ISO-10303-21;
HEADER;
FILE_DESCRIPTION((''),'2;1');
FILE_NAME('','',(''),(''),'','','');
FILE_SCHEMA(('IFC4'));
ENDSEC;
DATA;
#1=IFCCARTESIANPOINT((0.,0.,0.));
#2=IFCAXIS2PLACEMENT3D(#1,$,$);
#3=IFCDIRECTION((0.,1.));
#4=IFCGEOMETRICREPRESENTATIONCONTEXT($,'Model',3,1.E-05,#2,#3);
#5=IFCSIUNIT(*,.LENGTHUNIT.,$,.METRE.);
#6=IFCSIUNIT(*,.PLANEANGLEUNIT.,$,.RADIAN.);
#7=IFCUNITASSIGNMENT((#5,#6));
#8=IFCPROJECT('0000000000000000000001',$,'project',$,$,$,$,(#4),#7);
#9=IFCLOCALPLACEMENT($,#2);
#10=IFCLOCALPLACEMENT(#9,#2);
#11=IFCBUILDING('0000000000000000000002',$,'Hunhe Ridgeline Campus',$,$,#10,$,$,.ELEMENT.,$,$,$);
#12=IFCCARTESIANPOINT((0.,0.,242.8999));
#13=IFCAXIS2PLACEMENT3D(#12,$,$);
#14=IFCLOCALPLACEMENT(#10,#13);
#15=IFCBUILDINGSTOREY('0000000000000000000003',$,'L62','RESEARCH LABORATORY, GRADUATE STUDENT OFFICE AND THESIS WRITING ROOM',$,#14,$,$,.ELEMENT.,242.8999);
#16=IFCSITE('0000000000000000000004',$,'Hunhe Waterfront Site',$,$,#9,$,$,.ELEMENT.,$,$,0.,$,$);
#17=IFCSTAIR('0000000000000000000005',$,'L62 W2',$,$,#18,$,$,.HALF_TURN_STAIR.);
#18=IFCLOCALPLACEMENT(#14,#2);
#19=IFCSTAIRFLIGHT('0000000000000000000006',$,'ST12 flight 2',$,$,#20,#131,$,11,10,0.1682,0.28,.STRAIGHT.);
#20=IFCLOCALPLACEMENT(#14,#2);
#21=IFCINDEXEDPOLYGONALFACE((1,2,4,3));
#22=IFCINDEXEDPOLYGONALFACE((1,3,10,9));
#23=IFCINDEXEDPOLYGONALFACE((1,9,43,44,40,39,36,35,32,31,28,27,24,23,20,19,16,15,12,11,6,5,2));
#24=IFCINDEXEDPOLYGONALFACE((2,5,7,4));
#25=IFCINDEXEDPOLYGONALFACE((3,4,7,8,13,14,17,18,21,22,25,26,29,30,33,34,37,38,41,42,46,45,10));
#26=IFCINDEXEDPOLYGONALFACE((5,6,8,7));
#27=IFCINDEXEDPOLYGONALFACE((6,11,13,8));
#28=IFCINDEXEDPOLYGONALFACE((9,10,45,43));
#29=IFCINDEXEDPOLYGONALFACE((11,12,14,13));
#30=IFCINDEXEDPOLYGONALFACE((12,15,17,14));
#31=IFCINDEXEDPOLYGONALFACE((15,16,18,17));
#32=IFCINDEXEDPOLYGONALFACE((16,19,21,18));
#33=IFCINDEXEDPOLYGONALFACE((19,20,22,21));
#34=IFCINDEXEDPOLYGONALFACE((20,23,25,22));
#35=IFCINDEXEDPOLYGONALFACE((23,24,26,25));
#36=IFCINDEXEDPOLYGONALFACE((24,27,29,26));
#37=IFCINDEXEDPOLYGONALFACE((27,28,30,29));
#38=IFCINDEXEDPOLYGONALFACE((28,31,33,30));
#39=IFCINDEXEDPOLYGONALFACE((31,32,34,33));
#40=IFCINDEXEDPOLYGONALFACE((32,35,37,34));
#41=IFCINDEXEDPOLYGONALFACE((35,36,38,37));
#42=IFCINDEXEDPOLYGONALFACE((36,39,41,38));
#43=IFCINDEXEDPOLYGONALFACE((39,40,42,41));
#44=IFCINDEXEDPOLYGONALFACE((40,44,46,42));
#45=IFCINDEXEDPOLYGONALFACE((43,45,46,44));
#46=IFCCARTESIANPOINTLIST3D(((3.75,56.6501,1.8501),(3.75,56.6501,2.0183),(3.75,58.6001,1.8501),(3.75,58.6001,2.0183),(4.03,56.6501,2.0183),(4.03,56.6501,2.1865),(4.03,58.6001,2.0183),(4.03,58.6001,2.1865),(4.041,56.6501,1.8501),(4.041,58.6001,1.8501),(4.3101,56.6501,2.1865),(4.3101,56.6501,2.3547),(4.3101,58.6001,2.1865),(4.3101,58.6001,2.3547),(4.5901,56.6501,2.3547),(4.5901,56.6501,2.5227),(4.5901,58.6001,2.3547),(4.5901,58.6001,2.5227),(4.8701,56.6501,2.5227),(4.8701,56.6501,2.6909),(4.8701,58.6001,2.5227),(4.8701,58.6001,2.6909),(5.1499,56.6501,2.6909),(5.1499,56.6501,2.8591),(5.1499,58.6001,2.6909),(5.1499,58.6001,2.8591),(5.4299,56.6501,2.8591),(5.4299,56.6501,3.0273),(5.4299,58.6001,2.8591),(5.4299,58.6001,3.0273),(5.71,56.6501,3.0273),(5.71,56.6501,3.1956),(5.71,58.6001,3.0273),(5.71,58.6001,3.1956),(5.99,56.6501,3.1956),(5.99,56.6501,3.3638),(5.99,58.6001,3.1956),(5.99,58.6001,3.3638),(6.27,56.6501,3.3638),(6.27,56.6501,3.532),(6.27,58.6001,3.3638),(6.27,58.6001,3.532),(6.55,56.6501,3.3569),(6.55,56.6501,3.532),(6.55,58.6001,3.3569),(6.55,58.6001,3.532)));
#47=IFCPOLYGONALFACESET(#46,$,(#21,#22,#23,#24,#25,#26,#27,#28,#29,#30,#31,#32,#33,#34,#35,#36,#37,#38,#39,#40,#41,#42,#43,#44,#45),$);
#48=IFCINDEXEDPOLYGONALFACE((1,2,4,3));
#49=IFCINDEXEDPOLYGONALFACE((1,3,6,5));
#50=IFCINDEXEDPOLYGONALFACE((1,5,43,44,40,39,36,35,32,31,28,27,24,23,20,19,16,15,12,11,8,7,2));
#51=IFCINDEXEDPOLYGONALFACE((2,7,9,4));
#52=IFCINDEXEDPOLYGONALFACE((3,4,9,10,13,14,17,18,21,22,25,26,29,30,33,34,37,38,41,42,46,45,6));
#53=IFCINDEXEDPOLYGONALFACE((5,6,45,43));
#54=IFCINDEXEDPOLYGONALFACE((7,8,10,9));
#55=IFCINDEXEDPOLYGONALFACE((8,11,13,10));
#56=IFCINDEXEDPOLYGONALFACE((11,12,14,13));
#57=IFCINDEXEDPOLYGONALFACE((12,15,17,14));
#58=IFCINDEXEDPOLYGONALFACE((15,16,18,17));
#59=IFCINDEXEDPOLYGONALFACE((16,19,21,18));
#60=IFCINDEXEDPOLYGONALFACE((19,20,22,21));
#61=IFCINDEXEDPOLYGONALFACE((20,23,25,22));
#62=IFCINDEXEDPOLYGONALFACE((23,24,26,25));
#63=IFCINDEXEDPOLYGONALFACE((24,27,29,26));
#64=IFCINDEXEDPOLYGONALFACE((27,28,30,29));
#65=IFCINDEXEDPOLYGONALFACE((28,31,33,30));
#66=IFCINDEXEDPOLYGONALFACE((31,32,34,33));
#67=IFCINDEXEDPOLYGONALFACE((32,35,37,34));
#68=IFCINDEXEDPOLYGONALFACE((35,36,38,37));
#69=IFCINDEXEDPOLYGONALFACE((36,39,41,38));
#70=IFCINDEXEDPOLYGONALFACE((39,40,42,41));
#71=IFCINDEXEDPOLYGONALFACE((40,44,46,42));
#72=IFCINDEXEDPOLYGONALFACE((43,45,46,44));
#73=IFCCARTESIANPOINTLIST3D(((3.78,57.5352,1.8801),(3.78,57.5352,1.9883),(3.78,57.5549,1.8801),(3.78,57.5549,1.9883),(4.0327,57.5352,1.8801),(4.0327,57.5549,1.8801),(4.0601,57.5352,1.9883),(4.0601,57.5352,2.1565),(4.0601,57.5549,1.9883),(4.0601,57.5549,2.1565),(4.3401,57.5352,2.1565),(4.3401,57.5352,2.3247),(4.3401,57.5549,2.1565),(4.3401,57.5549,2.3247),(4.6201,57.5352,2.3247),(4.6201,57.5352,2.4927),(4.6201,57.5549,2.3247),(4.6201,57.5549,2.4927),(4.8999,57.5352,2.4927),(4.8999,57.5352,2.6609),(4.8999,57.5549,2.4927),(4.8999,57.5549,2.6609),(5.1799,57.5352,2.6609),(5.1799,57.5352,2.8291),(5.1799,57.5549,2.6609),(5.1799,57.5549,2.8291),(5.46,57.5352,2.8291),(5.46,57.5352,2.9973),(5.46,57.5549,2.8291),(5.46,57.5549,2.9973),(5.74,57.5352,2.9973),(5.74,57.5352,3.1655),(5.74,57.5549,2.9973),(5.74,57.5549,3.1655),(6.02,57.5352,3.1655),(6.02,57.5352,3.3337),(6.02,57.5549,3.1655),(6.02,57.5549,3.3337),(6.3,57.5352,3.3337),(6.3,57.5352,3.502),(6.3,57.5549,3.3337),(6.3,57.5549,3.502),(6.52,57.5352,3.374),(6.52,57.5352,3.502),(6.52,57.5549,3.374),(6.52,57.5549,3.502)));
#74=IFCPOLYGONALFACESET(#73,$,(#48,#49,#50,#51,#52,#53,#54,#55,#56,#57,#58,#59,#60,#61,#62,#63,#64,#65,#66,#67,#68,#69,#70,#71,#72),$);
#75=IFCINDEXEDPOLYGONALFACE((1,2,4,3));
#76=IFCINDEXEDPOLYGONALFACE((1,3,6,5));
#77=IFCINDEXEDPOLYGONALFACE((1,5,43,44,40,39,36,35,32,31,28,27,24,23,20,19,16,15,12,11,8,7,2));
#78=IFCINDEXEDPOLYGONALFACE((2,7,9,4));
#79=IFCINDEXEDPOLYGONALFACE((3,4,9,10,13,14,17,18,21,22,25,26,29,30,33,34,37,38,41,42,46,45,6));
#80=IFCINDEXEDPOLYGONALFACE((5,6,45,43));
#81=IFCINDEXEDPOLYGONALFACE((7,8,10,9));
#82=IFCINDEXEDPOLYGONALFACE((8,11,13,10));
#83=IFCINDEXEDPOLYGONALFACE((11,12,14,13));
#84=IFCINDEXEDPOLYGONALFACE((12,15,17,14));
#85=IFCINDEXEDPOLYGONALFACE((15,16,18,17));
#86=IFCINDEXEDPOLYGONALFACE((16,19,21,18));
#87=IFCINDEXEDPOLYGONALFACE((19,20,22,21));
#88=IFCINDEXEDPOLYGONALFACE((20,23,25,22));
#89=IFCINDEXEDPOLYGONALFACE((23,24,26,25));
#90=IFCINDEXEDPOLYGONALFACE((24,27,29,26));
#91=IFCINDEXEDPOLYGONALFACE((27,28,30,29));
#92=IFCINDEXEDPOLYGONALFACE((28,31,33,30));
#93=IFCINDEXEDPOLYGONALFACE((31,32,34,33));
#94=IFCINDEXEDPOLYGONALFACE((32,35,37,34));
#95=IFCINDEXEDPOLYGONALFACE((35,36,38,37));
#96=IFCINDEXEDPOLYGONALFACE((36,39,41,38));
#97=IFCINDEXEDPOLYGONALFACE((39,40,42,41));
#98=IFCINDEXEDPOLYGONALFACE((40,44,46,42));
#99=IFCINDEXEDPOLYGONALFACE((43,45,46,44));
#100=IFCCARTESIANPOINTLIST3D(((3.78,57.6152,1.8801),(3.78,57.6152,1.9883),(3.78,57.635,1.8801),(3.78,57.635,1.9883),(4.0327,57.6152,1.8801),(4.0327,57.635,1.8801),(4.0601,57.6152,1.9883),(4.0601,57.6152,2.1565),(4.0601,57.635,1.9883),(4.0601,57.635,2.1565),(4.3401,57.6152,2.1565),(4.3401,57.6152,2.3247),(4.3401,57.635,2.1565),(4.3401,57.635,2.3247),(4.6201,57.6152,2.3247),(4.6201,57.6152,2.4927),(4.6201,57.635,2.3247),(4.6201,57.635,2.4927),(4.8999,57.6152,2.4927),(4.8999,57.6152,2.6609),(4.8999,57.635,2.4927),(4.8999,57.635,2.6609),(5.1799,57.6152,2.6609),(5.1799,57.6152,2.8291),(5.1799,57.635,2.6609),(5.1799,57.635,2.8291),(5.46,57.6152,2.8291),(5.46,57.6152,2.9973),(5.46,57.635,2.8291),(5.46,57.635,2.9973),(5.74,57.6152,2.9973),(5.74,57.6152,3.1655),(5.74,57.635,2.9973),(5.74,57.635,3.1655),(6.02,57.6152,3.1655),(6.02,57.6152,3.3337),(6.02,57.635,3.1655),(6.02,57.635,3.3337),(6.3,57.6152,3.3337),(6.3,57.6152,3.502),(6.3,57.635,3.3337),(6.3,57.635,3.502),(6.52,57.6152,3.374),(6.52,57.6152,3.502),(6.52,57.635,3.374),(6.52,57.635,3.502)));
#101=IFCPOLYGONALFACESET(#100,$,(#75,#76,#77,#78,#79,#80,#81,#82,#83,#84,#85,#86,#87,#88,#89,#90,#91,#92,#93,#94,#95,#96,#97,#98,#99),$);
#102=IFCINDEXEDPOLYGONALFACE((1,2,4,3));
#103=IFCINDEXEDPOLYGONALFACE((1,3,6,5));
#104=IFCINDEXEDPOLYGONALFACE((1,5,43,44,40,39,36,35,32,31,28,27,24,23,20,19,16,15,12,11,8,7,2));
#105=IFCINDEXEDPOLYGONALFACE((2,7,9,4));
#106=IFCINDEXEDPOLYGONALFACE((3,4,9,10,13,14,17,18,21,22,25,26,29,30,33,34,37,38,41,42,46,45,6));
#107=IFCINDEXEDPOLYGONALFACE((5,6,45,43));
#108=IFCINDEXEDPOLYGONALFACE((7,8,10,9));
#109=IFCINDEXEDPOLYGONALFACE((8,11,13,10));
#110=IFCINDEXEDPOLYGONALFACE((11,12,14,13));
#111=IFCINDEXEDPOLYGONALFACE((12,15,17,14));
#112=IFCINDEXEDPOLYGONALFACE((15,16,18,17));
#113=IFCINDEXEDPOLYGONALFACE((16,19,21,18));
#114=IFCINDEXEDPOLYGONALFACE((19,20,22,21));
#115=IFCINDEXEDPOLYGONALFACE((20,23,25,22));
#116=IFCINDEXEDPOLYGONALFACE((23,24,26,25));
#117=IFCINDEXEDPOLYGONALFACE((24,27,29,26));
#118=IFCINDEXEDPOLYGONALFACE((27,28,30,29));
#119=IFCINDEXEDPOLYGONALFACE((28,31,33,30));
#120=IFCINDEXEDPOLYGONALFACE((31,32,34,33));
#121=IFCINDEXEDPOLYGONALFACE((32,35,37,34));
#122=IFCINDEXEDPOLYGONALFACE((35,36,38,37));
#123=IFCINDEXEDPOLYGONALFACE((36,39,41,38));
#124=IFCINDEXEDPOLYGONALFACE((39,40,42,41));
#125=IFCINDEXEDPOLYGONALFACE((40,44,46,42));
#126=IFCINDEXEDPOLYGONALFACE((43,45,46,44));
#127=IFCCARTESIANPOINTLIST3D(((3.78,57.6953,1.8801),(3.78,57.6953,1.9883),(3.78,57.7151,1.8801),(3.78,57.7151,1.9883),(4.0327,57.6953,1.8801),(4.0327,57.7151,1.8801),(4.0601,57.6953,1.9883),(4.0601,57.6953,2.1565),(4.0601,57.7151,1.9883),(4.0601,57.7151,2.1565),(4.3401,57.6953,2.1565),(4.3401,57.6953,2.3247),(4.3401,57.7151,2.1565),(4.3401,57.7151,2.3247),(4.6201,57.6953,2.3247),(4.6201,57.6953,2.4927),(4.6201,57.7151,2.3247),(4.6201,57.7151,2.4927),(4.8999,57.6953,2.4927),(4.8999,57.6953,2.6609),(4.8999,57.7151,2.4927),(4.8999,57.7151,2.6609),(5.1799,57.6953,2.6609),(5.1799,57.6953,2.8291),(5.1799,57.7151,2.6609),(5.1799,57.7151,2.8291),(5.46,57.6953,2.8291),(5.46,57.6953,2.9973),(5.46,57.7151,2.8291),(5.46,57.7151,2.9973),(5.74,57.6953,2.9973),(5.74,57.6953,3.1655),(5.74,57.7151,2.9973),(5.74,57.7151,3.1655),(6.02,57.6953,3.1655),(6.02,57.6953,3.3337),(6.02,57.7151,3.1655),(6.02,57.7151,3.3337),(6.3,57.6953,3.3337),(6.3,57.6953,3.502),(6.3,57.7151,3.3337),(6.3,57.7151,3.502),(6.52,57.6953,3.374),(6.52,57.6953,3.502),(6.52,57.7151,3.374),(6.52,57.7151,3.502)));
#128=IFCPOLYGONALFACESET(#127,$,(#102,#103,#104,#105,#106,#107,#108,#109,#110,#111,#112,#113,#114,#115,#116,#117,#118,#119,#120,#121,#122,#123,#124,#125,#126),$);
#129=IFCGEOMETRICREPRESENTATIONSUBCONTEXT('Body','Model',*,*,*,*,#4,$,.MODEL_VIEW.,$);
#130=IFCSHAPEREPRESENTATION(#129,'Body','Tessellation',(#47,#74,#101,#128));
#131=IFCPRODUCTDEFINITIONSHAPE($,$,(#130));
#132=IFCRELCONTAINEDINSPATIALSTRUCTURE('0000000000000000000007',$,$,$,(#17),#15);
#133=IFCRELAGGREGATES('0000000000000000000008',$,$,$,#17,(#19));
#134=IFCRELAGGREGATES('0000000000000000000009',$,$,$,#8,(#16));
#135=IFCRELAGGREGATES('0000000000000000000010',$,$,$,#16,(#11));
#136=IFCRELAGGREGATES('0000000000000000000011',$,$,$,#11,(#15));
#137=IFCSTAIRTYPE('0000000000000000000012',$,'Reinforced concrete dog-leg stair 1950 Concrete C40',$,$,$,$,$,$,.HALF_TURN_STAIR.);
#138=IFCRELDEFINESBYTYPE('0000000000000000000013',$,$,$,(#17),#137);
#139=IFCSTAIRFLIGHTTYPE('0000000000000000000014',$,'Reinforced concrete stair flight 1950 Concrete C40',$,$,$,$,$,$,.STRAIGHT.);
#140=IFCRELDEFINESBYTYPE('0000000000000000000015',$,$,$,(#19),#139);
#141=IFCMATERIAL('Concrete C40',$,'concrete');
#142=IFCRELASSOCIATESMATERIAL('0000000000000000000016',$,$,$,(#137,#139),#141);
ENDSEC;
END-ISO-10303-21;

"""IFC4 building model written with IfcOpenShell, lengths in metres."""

from ifc_helpers import new_model, si_unit, direction, frame, origin, place, context, subcontext, project, spatial, polyline, outline, extrude, material, type_object, element, aggregate, save


model = new_model("IFC4")

# Units and contexts
model_context = context("Model", 3, precision=1e-05, world=origin(), true_north=direction((0.0, 1.0)))
body_context = subcontext(model_context, "Body", "Model", "MODEL_VIEW")
ifc_project = project(units=[si_unit("LENGTHUNIT", "METRE"), si_unit("PLANEANGLEUNIT", "RADIAN")], contexts=[model_context])

# Site, building, storey
site_placement = place(None, origin())
site = spatial("IfcSite", under=ifc_project, at=site_placement, Name="Hunhe Waterfront Site", CompositionType="ELEMENT", RefElevation=0.0)
building_placement = place(site_placement, origin())
building = spatial("IfcBuilding", under=site, at=building_placement, Name="Hunhe Ridgeline Campus", CompositionType="ELEMENT")
storey_placement = place(building_placement, frame((0.0, 0.0, 242.8999)))
storey = spatial("IfcBuildingStorey", under=building, at=storey_placement, Name="L62", Description="RESEARCH LABORATORY, GRADUATE STUDENT OFFICE AND THESIS WRITING ROOM", CompositionType="ELEMENT", Elevation=242.8999)

# Stair, stair flight
ifc_material_1 = material(Name="Concrete C40", Category="concrete")
stair_type = type_object("IfcStairType", Name="Reinforced concrete dog-leg stair 1950 Concrete C40", PredefinedType="HALF_TURN_STAIR", material=ifc_material_1)
stair_flight_type = type_object("IfcStairFlightType", Name="Reinforced concrete stair flight 1950 Concrete C40", PredefinedType="STRAIGHT", material=ifc_material_1)
stair_1_placement = place(storey_placement, origin())
stair_1 = element("IfcStair", 1, at=stair_1_placement, inside=storey, type_object=stair_type, Name="L62 W2", PredefinedType="HALF_TURN_STAIR")
stair_flight_1_placement = place(storey_placement, frame((3.75, 57.625, 1.8501), z_axis=(0.0, 0.0, 1.0), x_axis=(1.0, 0.0, 0.0)))
stair_flight_1 = element("IfcStairFlight", 2, at=stair_flight_1_placement, type_object=stair_flight_type, Name="ST12 flight 2", NumberOfRisers=11, NumberOfTreads=10, PredefinedType="STRAIGHT", RiserHeight=0.1682, TreadLength=0.28, context=body_context, shape_type="SweptSolid", body=[
    extrude(outline(polyline([(0.0, 0.0), (0.0, 0.1682), (0.28, 0.1682), (0.28, 0.3364), (0.5601, 0.3364), (0.5601, 0.5046), (0.8401, 0.5046), (0.8401, 0.6726), (1.1201, 0.6726), (1.1201, 0.8408), (1.3999, 0.8408), (1.3999, 1.009), (1.6799, 1.009), (1.6799, 1.1772), (1.96, 1.1772), (1.96, 1.3455), (2.24, 1.3455), (2.24, 1.5137), (2.52, 1.5137), (2.52, 1.6819), (2.8, 1.6819), (2.8, 1.8501), (2.8, 1.5068), (0.291, 0.0), (0.0, 0.0)])), frame((0.0, 0.9751, 0.0), z_axis=(0.0, -1.0, 0.0), x_axis=(1.0, 0.0, 0.0)), (0.0, 0.0, 1.0), 1.95),
    extrude(outline(polyline([(0.03, 0.03), (0.03, 0.1382), (0.3101, 0.1382), (0.3101, 0.3064), (0.5901, 0.3064), (0.5901, 0.4746), (0.8701, 0.4746), (0.8701, 0.6426), (1.1499, 0.6426), (1.1499, 0.8108), (1.4299, 0.8108), (1.4299, 0.979), (1.71, 0.979), (1.71, 1.1472), (1.99, 1.1472), (1.99, 1.3154), (2.27, 1.3154), (2.27, 1.4836), (2.55, 1.4836), (2.55, 1.6519), (2.77, 1.6519), (2.77, 1.5239), (0.2827, 0.03), (0.03, 0.03)])), frame((0.0, -0.0701, 0.0), z_axis=(0.0, -1.0, 0.0), x_axis=(1.0, 0.0, 0.0)), (0.0, 0.0, 1.0), 0.0198),
    extrude(outline(polyline([(0.03, 0.03), (0.03, 0.1382), (0.3101, 0.1382), (0.3101, 0.3064), (0.5901, 0.3064), (0.5901, 0.4746), (0.8701, 0.4746), (0.8701, 0.6426), (1.1499, 0.6426), (1.1499, 0.8108), (1.4299, 0.8108), (1.4299, 0.979), (1.71, 0.979), (1.71, 1.1472), (1.99, 1.1472), (1.99, 1.3154), (2.27, 1.3154), (2.27, 1.4836), (2.55, 1.4836), (2.55, 1.6519), (2.77, 1.6519), (2.77, 1.5239), (0.2827, 0.03), (0.03, 0.03)])), frame((0.0, 0.01, 0.0), z_axis=(0.0, -1.0, 0.0), x_axis=(1.0, 0.0, 0.0)), (0.0, 0.0, 1.0), 0.0198),
    extrude(outline(polyline([(0.03, 0.03), (0.03, 0.1382), (0.3101, 0.1382), (0.3101, 0.3064), (0.5901, 0.3064), (0.5901, 0.4746), (0.8701, 0.4746), (0.8701, 0.6426), (1.1499, 0.6426), (1.1499, 0.8108), (1.4299, 0.8108), (1.4299, 0.979), (1.71, 0.979), (1.71, 1.1472), (1.99, 1.1472), (1.99, 1.3154), (2.27, 1.3154), (2.27, 1.4836), (2.55, 1.4836), (2.55, 1.6519), (2.77, 1.6519), (2.77, 1.5239), (0.2827, 0.03), (0.03, 0.03)])), frame((0.0, 0.0901, 0.0), z_axis=(0.0, -1.0, 0.0), x_axis=(1.0, 0.0, 0.0)), (0.0, 0.0, 1.0), 0.0198),
])
aggregate(stair_1, [stair_flight_1])

save(model, "model.ifc")
